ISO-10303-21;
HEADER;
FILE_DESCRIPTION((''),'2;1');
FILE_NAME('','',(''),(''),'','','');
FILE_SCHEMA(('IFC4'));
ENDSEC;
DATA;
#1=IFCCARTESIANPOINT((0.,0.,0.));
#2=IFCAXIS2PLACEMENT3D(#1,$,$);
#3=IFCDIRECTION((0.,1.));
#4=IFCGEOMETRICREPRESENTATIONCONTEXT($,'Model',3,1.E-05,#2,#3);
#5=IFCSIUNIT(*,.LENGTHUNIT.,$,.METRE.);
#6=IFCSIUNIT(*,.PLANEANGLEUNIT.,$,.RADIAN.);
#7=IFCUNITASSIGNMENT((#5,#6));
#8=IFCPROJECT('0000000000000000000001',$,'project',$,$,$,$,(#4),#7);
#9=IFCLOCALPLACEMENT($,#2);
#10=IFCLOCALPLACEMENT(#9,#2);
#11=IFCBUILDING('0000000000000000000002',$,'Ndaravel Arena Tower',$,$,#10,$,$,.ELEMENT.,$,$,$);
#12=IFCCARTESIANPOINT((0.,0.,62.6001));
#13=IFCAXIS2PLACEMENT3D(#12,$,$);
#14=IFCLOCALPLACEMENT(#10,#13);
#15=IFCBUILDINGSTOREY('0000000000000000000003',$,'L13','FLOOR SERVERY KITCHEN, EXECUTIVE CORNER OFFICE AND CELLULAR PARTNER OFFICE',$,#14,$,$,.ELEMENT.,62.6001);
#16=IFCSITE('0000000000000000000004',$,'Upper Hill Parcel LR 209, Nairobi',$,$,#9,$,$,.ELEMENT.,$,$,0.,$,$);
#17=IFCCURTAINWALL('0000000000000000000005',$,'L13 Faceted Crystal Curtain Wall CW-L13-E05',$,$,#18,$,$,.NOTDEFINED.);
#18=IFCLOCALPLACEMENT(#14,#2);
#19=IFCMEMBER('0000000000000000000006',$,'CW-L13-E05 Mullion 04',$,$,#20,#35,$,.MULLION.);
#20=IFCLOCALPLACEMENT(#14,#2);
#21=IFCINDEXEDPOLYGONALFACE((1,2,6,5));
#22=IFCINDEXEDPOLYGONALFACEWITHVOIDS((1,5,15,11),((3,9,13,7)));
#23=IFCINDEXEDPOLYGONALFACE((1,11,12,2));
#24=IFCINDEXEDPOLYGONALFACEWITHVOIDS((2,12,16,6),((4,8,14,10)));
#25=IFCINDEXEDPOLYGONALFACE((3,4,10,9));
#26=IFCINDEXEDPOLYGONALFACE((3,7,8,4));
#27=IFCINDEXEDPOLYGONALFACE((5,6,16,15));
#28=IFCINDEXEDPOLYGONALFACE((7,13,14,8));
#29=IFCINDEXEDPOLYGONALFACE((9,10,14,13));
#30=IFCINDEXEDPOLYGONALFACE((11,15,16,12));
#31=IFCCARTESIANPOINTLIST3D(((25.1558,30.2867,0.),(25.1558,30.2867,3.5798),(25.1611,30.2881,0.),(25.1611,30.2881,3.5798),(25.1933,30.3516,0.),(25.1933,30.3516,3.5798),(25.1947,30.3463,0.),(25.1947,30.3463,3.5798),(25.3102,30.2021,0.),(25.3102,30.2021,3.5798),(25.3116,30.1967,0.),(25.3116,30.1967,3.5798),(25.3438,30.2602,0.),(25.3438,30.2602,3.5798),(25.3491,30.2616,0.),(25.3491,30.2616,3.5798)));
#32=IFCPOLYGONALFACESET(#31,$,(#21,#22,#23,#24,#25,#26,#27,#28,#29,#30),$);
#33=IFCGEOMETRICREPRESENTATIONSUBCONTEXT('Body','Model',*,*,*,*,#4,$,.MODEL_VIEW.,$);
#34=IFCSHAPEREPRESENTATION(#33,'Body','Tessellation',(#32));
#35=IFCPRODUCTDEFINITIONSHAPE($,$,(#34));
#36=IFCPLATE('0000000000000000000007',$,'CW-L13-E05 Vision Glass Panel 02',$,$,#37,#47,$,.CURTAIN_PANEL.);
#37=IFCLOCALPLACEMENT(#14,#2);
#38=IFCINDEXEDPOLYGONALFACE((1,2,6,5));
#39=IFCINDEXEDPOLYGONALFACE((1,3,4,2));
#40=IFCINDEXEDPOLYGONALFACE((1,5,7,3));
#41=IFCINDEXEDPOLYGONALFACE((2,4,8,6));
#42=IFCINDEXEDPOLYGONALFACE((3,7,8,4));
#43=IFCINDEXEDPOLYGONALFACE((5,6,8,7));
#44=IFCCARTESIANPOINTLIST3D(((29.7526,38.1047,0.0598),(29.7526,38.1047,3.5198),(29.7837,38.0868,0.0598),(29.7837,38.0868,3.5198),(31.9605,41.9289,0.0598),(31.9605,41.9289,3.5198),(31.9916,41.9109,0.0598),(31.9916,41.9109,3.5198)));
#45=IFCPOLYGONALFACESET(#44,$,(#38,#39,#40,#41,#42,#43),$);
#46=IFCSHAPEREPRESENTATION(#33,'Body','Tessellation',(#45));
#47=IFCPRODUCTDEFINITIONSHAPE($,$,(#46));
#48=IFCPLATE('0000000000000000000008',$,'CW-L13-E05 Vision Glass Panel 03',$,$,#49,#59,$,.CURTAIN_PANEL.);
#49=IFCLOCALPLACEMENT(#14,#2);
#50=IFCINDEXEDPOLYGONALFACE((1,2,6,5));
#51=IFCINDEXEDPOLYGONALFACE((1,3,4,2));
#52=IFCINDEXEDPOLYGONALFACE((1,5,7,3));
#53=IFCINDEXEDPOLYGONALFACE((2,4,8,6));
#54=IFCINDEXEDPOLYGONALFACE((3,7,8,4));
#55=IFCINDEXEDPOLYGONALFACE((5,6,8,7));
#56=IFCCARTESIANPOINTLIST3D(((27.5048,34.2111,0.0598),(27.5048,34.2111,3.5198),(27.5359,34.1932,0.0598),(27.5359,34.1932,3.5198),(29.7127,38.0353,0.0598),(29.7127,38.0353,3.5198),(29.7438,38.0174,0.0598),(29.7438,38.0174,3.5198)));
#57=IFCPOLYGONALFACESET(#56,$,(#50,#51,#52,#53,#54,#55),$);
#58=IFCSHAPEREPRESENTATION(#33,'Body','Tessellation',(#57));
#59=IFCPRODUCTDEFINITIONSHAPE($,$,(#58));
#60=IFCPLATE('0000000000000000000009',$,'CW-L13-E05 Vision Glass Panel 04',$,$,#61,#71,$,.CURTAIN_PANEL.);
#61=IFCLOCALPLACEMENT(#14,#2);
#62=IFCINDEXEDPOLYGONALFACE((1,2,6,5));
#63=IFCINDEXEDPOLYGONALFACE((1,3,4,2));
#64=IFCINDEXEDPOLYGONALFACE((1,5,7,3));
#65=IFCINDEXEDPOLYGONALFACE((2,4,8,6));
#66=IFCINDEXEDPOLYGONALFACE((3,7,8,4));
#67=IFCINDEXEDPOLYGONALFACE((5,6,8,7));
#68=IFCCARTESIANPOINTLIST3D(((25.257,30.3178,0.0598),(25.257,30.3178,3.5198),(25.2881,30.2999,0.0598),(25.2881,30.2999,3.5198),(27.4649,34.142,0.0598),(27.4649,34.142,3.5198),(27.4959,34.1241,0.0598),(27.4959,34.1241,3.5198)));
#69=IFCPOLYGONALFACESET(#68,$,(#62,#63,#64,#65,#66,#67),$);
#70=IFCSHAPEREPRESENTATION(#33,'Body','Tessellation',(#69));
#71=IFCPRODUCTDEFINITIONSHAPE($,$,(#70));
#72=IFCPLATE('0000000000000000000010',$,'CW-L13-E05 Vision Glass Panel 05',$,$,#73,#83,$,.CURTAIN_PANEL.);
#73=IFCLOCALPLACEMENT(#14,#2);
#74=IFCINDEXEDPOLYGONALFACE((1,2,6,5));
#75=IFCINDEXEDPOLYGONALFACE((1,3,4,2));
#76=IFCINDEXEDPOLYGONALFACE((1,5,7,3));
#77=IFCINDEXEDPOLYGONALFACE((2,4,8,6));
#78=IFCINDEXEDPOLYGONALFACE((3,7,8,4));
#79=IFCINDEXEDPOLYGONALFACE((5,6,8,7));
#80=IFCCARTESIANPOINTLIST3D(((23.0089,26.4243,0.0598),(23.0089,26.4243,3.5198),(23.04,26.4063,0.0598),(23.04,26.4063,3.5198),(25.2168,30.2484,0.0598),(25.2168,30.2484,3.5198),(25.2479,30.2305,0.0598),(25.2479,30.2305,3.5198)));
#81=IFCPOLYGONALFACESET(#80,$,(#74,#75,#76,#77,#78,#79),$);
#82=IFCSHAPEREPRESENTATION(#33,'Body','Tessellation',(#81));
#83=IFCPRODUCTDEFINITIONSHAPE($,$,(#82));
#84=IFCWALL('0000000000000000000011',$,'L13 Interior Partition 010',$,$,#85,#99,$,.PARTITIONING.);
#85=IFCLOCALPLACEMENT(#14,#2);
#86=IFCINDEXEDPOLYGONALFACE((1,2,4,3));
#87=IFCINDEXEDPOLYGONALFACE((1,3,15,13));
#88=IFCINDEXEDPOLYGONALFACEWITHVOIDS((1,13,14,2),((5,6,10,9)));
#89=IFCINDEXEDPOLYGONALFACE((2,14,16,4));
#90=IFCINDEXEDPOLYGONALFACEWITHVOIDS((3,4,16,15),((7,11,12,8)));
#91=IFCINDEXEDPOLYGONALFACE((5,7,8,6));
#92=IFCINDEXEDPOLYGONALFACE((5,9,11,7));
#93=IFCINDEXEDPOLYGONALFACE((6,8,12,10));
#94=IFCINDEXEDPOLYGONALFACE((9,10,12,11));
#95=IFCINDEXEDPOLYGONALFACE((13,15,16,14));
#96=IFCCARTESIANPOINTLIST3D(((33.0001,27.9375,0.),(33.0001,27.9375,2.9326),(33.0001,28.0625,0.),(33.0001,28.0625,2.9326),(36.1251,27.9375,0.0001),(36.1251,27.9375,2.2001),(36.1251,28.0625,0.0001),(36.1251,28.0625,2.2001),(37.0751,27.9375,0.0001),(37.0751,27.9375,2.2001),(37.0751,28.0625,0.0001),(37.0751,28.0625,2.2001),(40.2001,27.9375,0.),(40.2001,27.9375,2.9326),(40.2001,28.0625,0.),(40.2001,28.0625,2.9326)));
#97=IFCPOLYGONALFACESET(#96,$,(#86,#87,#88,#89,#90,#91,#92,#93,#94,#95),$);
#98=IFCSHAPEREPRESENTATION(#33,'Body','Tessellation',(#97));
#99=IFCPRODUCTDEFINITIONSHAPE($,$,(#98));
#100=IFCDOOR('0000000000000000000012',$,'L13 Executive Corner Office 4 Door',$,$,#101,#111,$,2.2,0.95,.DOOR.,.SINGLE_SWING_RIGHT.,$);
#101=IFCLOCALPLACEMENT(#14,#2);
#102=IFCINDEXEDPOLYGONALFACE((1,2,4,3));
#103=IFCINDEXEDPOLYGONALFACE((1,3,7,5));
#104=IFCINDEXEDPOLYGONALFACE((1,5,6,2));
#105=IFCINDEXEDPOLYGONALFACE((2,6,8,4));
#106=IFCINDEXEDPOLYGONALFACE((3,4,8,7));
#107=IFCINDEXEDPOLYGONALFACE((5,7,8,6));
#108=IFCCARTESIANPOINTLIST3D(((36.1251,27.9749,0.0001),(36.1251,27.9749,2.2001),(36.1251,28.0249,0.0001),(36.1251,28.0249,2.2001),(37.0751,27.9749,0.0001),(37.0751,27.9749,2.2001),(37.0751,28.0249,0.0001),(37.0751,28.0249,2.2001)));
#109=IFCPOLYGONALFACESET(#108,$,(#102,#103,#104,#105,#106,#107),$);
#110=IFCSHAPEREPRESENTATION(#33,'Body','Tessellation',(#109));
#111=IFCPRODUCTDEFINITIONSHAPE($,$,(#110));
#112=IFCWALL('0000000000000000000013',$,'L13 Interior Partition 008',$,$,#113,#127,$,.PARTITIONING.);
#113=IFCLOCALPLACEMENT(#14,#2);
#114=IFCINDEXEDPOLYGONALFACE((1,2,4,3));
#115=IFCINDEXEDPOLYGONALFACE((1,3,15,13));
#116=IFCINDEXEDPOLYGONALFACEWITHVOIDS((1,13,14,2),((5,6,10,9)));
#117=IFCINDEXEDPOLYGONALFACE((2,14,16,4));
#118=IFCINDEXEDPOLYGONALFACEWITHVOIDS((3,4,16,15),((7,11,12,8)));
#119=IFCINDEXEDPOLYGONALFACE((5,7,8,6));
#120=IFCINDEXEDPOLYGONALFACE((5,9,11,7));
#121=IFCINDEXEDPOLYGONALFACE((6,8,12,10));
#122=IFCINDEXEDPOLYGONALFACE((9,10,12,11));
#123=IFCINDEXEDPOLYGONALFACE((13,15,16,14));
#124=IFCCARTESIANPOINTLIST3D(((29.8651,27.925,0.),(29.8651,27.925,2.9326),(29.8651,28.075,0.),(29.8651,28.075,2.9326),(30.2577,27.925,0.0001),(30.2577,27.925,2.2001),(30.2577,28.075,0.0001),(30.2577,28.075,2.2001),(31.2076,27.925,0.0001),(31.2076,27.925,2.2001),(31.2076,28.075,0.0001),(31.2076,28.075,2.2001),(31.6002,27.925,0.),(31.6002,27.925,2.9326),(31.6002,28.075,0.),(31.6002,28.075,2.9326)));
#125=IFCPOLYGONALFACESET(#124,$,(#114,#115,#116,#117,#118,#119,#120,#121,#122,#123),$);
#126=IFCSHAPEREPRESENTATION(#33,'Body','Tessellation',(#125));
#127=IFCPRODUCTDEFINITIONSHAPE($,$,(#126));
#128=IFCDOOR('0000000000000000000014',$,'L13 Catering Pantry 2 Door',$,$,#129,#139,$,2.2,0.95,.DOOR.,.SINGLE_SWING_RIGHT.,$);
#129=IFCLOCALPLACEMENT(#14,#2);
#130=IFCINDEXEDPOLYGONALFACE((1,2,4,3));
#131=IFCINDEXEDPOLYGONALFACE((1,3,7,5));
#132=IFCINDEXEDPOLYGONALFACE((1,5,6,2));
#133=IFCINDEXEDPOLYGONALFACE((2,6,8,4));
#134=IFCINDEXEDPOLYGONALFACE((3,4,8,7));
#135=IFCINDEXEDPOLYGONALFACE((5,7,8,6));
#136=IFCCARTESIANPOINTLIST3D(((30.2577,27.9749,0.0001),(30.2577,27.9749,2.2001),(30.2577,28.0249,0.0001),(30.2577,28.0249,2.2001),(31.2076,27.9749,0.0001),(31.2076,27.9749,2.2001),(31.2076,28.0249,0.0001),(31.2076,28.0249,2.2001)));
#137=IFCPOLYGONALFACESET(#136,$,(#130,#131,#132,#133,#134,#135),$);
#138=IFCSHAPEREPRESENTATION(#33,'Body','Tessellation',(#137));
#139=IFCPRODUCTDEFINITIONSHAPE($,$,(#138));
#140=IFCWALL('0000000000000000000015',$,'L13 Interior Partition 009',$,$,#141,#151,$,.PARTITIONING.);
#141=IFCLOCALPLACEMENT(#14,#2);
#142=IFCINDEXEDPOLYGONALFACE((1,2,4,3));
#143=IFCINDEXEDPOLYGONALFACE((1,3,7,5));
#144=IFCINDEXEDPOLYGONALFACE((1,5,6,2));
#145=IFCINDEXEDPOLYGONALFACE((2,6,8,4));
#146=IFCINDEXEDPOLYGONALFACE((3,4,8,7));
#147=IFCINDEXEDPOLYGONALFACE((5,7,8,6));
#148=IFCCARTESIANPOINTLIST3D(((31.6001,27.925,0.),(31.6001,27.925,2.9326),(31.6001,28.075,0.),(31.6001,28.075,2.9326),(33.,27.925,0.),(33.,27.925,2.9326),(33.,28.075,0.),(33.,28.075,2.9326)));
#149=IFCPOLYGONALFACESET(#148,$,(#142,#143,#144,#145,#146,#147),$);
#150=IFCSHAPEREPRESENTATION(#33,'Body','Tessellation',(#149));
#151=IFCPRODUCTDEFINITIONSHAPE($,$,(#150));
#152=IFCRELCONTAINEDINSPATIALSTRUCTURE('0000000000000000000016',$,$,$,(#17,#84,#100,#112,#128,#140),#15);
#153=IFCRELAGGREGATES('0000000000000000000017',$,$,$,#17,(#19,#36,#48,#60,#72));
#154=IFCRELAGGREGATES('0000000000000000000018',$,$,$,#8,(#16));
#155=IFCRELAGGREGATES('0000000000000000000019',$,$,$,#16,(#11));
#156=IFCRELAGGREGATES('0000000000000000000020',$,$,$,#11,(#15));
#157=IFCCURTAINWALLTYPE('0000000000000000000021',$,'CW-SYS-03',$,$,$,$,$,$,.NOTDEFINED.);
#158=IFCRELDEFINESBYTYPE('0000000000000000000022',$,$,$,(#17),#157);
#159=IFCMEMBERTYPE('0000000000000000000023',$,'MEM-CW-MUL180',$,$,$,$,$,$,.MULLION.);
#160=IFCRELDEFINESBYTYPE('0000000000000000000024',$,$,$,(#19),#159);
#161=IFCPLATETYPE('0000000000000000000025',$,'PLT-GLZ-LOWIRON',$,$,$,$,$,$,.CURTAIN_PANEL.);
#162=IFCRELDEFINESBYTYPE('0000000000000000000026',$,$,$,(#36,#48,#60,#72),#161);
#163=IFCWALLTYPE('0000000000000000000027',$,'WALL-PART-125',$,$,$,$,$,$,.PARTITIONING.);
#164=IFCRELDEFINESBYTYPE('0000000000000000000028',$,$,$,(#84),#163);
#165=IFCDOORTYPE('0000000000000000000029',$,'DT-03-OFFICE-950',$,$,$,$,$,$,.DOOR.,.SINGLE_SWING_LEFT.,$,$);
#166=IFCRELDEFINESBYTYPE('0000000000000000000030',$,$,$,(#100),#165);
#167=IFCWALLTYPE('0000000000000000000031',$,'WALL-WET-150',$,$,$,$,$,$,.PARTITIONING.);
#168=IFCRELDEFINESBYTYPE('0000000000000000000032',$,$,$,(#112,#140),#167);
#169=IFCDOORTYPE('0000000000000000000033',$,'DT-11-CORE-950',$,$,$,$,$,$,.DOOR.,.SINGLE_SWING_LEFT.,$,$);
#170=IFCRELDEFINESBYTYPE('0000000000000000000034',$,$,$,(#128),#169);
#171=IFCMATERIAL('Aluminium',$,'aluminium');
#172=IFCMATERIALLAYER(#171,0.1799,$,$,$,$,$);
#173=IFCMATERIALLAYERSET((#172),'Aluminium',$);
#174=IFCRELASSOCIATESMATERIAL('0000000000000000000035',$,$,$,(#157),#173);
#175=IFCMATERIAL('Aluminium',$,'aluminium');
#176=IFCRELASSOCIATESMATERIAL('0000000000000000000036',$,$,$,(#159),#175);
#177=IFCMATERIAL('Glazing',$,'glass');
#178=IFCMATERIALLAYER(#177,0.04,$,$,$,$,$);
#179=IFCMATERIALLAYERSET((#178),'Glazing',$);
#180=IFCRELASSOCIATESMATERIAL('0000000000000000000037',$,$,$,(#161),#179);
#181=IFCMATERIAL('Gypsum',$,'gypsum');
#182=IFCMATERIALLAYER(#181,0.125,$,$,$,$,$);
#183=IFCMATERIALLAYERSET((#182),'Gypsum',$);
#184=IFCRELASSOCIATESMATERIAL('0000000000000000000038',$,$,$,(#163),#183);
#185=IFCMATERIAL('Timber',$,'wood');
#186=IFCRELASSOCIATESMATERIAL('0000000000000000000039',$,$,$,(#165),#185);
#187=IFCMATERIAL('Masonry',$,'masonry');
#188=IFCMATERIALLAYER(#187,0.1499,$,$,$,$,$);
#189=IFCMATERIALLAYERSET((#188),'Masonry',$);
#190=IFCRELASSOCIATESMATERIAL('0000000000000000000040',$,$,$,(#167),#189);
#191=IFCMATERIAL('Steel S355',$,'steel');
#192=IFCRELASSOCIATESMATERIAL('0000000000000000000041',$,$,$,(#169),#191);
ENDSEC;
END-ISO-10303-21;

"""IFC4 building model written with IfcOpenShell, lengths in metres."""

from ifc_helpers import new_model, si_unit, direction, frame, frame_2d, origin, origin_2d, place, context, subcontext, project, spatial, rectangle, hollow_rectangle, extrude, material, layer, layer_set, material_profile, profile_set, type_object, element, fill, aggregate, save


model = new_model("IFC4")

# Units and contexts
model_context = context("Model", 3, precision=1e-05, world=origin(), true_north=direction((0.0, 1.0)))
body_context = subcontext(model_context, "Body", "Model", "MODEL_VIEW")
ifc_project = project(units=[si_unit("LENGTHUNIT", "METRE"), si_unit("PLANEANGLEUNIT", "RADIAN")], contexts=[model_context])

# Site, building, storey
site_placement = place(None, origin())
site = spatial("IfcSite", under=ifc_project, at=site_placement, Name="Upper Hill Parcel LR 209, Nairobi", CompositionType="ELEMENT", RefElevation=0.0)
building_placement = place(site_placement, origin())
building = spatial("IfcBuilding", under=site, at=building_placement, Name="Ndaravel Arena Tower", CompositionType="ELEMENT")
storey_placement = place(building_placement, frame((0.0, 0.0, 62.6001)))
storey = spatial("IfcBuildingStorey", under=building, at=storey_placement, Name="L13", Description="FLOOR SERVERY KITCHEN, EXECUTIVE CORNER OFFICE AND CELLULAR PARTNER OFFICE", CompositionType="ELEMENT", Elevation=62.6001)

# Curtain wall, member, plates
ifc_material_1 = material(Name="Aluminium", Category="aluminium")
ifc_layer_1 = layer(ifc_material_1, 0.1799)
ifc_layer_set_1 = layer_set([ifc_layer_1], Name="Aluminium")
curtain_wall_type = type_object("IfcCurtainWallType", Name="CW-SYS-03", PredefinedType="NOTDEFINED", material=ifc_layer_set_1)
curtain_wall_placement = place(storey_placement, origin())
curtain_wall = element("IfcCurtainWall", 1, at=curtain_wall_placement, inside=storey, type_object=curtain_wall_type, Name="L13 Faceted Crystal Curtain Wall CW-L13-E05", PredefinedType="NOTDEFINED")
ifc_material_2 = material(Name="Aluminium", Category="aluminium")
ifc_material_profile_1 = material_profile(ifc_material_2, hollow_rectangle(XDim=0.075, YDim=0.1799, WallThickness=0.0039, at=origin_2d()), Name="CW MULLION 75x180x4")
ifc_profile_set_1 = profile_set([ifc_material_profile_1], Name="Aluminium")
member_type = type_object("IfcMemberType", Name="MEM-CW-MUL180", PredefinedType="MULLION", material=ifc_profile_set_1)
member_1_placement = place(storey_placement, frame((25.2524, 30.2742, 0.0), z_axis=(0.0, 0.0, 1.0), x_axis=(-0.5, -0.866025, 0.0)))
member_1 = element("IfcMember", 2, at=member_1_placement, type_object=member_type, Name="CW-L13-E05 Mullion 04", PredefinedType="MULLION", context=body_context, shape_type="SweptSolid", body=[
    extrude(hollow_rectangle(XDim=0.075, YDim=0.1799, WallThickness=0.0039, at=origin_2d()), origin(), (0.0, 0.0, 1.0), 3.5798),
])
ifc_material_3 = material(Name="Glazing", Category="glass")
ifc_layer_2 = layer(ifc_material_3, 0.04)
ifc_layer_set_2 = layer_set([ifc_layer_2], Name="Glazing")
plate_type = type_object("IfcPlateType", Name="PLT-GLZ-LOWIRON", PredefinedType="CURTAIN_PANEL", material=ifc_layer_set_2)
plate_1_placement = place(storey_placement, frame((30.8721, 40.0078, 0.0598), z_axis=(0.0, 0.0, 1.0), x_axis=(-0.5, -0.866025, 0.0)))
plate_1 = element("IfcPlate", 3, at=plate_1_placement, type_object=plate_type, Name="CW-L13-E05 Vision Glass Panel 02", PredefinedType="CURTAIN_PANEL", context=body_context, shape_type="SweptSolid", body=[
    extrude(rectangle(XDim=4.4158, YDim=0.0359, at=origin_2d()), origin(), (0.0, 0.0, 1.0), 3.46),
])
plate_2_placement = place(storey_placement, frame((28.6243, 36.1143, 0.0598), z_axis=(0.0, 0.0, 1.0), x_axis=(-0.5, -0.866025, 0.0)))
plate_2 = element("IfcPlate", 4, at=plate_2_placement, type_object=plate_type, Name="CW-L13-E05 Vision Glass Panel 03", PredefinedType="CURTAIN_PANEL", context=body_context, shape_type="SweptSolid", body=[
    extrude(rectangle(XDim=4.4158, YDim=0.0359, at=origin_2d()), origin(), (0.0, 0.0, 1.0), 3.46),
])
plate_3_placement = place(storey_placement, frame((26.3765, 32.2209, 0.0598), z_axis=(0.0, 0.0, 1.0), x_axis=(-0.5, -0.866025, 0.0)))
plate_3 = element("IfcPlate", 5, at=plate_3_placement, type_object=plate_type, Name="CW-L13-E05 Vision Glass Panel 04", PredefinedType="CURTAIN_PANEL", context=body_context, shape_type="SweptSolid", body=[
    extrude(rectangle(XDim=4.4158, YDim=0.0359, at=origin_2d()), origin(), (0.0, 0.0, 1.0), 3.46),
])
plate_4_placement = place(storey_placement, frame((24.1284, 28.3274, 0.0598), z_axis=(0.0, 0.0, 1.0), x_axis=(-0.5, -0.866025, 0.0)))
plate_4 = element("IfcPlate", 6, at=plate_4_placement, type_object=plate_type, Name="CW-L13-E05 Vision Glass Panel 05", PredefinedType="CURTAIN_PANEL", context=body_context, shape_type="SweptSolid", body=[
    extrude(rectangle(XDim=4.4158, YDim=0.0359, at=origin_2d()), origin(), (0.0, 0.0, 1.0), 3.46),
])
aggregate(curtain_wall, [member_1, plate_1, plate_2, plate_3, plate_4])

# Walls, openings, doors
ifc_material_4 = material(Name="Gypsum", Category="gypsum")
ifc_layer_3 = layer(ifc_material_4, 0.125)
ifc_layer_set_3 = layer_set([ifc_layer_3], Name="Gypsum")
wall_type_1 = type_object("IfcWallType", Name="WALL-PART-125", PredefinedType="PARTITIONING", material=ifc_layer_set_3)
wall_1_placement = place(storey_placement, frame((33.0, 28.0, 0.0), z_axis=(0.0, 0.0, 1.0), x_axis=(1.0, 0.0, 0.0)))
wall_1 = element("IfcWall", 7, at=wall_1_placement, inside=storey, type_object=wall_type_1, Name="L13 Interior Partition 010", PredefinedType="PARTITIONING", context=body_context, shape_type="SweptSolid", body=[
    extrude(rectangle(XDim=7.2, YDim=0.125, at=frame_2d((3.6001, 0.0))), origin(), (0.0, 0.0, 1.0), 2.9326),
])
opening_1_placement = place(wall_1_placement, frame((3.125, 0.0, 0.0)))
opening_1 = element("IfcOpeningElement", 8, at=opening_1_placement, cuts=wall_1, PredefinedType="OPENING", context=body_context, shape_type="SweptSolid", body=[
    extrude(rectangle(XDim=0.95, YDim=2.2, at=frame_2d((0.4751, 1.1001))), frame((0.0, 0.0625, 0.0), z_axis=(0.0, -1.0, 0.0), x_axis=(1.0, 0.0, 0.0)), (0.0, 0.0, 1.0), 0.125),
])
ifc_material_5 = material(Name="Timber", Category="wood")
door_type_1 = type_object("IfcDoorType", Name="DT-03-OFFICE-950", OperationType="SINGLE_SWING_LEFT", PredefinedType="DOOR", material=ifc_material_5)
door_1_placement = place(opening_1_placement, origin())
door_1 = element("IfcDoor", 9, at=door_1_placement, inside=storey, type_object=door_type_1, Name="L13 Executive Corner Office 4 Door", OperationType="SINGLE_SWING_RIGHT", OverallHeight=2.2, OverallWidth=0.95, PredefinedType="DOOR", context=body_context, shape_type="SweptSolid", body=[
    extrude(rectangle(XDim=0.95, YDim=2.2, at=frame_2d((0.4751, 1.1001))), frame((0.0, 0.0249, 0.0), z_axis=(0.0, -1.0, 0.0), x_axis=(1.0, 0.0, 0.0)), (0.0, 0.0, 1.0), 0.05),
])
fill(opening_1, door_1)
ifc_material_6 = material(Name="Masonry", Category="masonry")
ifc_layer_4 = layer(ifc_material_6, 0.1499)
ifc_layer_set_4 = layer_set([ifc_layer_4], Name="Masonry")
wall_type_2 = type_object("IfcWallType", Name="WALL-WET-150", PredefinedType="PARTITIONING", material=ifc_layer_set_4)
wall_2_placement = place(storey_placement, frame((29.865, 28.0, 0.0), z_axis=(0.0, 0.0, 1.0), x_axis=(1.0, 0.0, 0.0)))
wall_2 = element("IfcWall", 10, at=wall_2_placement, inside=storey, type_object=wall_type_2, Name="L13 Interior Partition 008", PredefinedType="PARTITIONING", context=body_context, shape_type="SweptSolid", body=[
    extrude(rectangle(XDim=1.7351, YDim=0.1499, at=frame_2d((0.8677, 0.0))), origin(), (0.0, 0.0, 1.0), 2.9326),
])
opening_2_placement = place(wall_2_placement, frame((0.3926, 0.0, 0.0)))
opening_2 = element("IfcOpeningElement", 11, at=opening_2_placement, cuts=wall_2, PredefinedType="OPENING", context=body_context, shape_type="SweptSolid", body=[
    extrude(rectangle(XDim=0.95, YDim=2.2, at=frame_2d((0.4751, 1.1001))), frame((0.0, 0.075, 0.0), z_axis=(0.0, -1.0, 0.0), x_axis=(1.0, 0.0, 0.0)), (0.0, 0.0, 1.0), 0.1499),
])
ifc_material_7 = material(Name="Steel S355", Category="steel")
door_type_2 = type_object("IfcDoorType", Name="DT-11-CORE-950", OperationType="SINGLE_SWING_LEFT", PredefinedType="DOOR", material=ifc_material_7)
door_2_placement = place(opening_2_placement, origin())
door_2 = element("IfcDoor", 12, at=door_2_placement, inside=storey, type_object=door_type_2, Name="L13 Catering Pantry 2 Door", OperationType="SINGLE_SWING_RIGHT", OverallHeight=2.2, OverallWidth=0.95, PredefinedType="DOOR", context=body_context, shape_type="SweptSolid", body=[
    extrude(rectangle(XDim=0.95, YDim=2.2, at=frame_2d((0.4751, 1.1001))), frame((0.0, 0.0249, 0.0), z_axis=(0.0, -1.0, 0.0), x_axis=(1.0, 0.0, 0.0)), (0.0, 0.0, 1.0), 0.05),
])
fill(opening_2, door_2)

# Wall
wall_3_placement = place(storey_placement, frame((31.6001, 28.0, 0.0), z_axis=(0.0, 0.0, 1.0), x_axis=(1.0, 0.0, 0.0)))
element("IfcWall", 13, at=wall_3_placement, inside=storey, type_object=wall_type_2, Name="L13 Interior Partition 009", PredefinedType="PARTITIONING", context=body_context, shape_type="SweptSolid", body=[
    extrude(rectangle(XDim=1.3999, YDim=0.1499, at=frame_2d((0.7, 0.0))), origin(), (0.0, 0.0, 1.0), 2.9326),
])

save(model, "model.ifc")
